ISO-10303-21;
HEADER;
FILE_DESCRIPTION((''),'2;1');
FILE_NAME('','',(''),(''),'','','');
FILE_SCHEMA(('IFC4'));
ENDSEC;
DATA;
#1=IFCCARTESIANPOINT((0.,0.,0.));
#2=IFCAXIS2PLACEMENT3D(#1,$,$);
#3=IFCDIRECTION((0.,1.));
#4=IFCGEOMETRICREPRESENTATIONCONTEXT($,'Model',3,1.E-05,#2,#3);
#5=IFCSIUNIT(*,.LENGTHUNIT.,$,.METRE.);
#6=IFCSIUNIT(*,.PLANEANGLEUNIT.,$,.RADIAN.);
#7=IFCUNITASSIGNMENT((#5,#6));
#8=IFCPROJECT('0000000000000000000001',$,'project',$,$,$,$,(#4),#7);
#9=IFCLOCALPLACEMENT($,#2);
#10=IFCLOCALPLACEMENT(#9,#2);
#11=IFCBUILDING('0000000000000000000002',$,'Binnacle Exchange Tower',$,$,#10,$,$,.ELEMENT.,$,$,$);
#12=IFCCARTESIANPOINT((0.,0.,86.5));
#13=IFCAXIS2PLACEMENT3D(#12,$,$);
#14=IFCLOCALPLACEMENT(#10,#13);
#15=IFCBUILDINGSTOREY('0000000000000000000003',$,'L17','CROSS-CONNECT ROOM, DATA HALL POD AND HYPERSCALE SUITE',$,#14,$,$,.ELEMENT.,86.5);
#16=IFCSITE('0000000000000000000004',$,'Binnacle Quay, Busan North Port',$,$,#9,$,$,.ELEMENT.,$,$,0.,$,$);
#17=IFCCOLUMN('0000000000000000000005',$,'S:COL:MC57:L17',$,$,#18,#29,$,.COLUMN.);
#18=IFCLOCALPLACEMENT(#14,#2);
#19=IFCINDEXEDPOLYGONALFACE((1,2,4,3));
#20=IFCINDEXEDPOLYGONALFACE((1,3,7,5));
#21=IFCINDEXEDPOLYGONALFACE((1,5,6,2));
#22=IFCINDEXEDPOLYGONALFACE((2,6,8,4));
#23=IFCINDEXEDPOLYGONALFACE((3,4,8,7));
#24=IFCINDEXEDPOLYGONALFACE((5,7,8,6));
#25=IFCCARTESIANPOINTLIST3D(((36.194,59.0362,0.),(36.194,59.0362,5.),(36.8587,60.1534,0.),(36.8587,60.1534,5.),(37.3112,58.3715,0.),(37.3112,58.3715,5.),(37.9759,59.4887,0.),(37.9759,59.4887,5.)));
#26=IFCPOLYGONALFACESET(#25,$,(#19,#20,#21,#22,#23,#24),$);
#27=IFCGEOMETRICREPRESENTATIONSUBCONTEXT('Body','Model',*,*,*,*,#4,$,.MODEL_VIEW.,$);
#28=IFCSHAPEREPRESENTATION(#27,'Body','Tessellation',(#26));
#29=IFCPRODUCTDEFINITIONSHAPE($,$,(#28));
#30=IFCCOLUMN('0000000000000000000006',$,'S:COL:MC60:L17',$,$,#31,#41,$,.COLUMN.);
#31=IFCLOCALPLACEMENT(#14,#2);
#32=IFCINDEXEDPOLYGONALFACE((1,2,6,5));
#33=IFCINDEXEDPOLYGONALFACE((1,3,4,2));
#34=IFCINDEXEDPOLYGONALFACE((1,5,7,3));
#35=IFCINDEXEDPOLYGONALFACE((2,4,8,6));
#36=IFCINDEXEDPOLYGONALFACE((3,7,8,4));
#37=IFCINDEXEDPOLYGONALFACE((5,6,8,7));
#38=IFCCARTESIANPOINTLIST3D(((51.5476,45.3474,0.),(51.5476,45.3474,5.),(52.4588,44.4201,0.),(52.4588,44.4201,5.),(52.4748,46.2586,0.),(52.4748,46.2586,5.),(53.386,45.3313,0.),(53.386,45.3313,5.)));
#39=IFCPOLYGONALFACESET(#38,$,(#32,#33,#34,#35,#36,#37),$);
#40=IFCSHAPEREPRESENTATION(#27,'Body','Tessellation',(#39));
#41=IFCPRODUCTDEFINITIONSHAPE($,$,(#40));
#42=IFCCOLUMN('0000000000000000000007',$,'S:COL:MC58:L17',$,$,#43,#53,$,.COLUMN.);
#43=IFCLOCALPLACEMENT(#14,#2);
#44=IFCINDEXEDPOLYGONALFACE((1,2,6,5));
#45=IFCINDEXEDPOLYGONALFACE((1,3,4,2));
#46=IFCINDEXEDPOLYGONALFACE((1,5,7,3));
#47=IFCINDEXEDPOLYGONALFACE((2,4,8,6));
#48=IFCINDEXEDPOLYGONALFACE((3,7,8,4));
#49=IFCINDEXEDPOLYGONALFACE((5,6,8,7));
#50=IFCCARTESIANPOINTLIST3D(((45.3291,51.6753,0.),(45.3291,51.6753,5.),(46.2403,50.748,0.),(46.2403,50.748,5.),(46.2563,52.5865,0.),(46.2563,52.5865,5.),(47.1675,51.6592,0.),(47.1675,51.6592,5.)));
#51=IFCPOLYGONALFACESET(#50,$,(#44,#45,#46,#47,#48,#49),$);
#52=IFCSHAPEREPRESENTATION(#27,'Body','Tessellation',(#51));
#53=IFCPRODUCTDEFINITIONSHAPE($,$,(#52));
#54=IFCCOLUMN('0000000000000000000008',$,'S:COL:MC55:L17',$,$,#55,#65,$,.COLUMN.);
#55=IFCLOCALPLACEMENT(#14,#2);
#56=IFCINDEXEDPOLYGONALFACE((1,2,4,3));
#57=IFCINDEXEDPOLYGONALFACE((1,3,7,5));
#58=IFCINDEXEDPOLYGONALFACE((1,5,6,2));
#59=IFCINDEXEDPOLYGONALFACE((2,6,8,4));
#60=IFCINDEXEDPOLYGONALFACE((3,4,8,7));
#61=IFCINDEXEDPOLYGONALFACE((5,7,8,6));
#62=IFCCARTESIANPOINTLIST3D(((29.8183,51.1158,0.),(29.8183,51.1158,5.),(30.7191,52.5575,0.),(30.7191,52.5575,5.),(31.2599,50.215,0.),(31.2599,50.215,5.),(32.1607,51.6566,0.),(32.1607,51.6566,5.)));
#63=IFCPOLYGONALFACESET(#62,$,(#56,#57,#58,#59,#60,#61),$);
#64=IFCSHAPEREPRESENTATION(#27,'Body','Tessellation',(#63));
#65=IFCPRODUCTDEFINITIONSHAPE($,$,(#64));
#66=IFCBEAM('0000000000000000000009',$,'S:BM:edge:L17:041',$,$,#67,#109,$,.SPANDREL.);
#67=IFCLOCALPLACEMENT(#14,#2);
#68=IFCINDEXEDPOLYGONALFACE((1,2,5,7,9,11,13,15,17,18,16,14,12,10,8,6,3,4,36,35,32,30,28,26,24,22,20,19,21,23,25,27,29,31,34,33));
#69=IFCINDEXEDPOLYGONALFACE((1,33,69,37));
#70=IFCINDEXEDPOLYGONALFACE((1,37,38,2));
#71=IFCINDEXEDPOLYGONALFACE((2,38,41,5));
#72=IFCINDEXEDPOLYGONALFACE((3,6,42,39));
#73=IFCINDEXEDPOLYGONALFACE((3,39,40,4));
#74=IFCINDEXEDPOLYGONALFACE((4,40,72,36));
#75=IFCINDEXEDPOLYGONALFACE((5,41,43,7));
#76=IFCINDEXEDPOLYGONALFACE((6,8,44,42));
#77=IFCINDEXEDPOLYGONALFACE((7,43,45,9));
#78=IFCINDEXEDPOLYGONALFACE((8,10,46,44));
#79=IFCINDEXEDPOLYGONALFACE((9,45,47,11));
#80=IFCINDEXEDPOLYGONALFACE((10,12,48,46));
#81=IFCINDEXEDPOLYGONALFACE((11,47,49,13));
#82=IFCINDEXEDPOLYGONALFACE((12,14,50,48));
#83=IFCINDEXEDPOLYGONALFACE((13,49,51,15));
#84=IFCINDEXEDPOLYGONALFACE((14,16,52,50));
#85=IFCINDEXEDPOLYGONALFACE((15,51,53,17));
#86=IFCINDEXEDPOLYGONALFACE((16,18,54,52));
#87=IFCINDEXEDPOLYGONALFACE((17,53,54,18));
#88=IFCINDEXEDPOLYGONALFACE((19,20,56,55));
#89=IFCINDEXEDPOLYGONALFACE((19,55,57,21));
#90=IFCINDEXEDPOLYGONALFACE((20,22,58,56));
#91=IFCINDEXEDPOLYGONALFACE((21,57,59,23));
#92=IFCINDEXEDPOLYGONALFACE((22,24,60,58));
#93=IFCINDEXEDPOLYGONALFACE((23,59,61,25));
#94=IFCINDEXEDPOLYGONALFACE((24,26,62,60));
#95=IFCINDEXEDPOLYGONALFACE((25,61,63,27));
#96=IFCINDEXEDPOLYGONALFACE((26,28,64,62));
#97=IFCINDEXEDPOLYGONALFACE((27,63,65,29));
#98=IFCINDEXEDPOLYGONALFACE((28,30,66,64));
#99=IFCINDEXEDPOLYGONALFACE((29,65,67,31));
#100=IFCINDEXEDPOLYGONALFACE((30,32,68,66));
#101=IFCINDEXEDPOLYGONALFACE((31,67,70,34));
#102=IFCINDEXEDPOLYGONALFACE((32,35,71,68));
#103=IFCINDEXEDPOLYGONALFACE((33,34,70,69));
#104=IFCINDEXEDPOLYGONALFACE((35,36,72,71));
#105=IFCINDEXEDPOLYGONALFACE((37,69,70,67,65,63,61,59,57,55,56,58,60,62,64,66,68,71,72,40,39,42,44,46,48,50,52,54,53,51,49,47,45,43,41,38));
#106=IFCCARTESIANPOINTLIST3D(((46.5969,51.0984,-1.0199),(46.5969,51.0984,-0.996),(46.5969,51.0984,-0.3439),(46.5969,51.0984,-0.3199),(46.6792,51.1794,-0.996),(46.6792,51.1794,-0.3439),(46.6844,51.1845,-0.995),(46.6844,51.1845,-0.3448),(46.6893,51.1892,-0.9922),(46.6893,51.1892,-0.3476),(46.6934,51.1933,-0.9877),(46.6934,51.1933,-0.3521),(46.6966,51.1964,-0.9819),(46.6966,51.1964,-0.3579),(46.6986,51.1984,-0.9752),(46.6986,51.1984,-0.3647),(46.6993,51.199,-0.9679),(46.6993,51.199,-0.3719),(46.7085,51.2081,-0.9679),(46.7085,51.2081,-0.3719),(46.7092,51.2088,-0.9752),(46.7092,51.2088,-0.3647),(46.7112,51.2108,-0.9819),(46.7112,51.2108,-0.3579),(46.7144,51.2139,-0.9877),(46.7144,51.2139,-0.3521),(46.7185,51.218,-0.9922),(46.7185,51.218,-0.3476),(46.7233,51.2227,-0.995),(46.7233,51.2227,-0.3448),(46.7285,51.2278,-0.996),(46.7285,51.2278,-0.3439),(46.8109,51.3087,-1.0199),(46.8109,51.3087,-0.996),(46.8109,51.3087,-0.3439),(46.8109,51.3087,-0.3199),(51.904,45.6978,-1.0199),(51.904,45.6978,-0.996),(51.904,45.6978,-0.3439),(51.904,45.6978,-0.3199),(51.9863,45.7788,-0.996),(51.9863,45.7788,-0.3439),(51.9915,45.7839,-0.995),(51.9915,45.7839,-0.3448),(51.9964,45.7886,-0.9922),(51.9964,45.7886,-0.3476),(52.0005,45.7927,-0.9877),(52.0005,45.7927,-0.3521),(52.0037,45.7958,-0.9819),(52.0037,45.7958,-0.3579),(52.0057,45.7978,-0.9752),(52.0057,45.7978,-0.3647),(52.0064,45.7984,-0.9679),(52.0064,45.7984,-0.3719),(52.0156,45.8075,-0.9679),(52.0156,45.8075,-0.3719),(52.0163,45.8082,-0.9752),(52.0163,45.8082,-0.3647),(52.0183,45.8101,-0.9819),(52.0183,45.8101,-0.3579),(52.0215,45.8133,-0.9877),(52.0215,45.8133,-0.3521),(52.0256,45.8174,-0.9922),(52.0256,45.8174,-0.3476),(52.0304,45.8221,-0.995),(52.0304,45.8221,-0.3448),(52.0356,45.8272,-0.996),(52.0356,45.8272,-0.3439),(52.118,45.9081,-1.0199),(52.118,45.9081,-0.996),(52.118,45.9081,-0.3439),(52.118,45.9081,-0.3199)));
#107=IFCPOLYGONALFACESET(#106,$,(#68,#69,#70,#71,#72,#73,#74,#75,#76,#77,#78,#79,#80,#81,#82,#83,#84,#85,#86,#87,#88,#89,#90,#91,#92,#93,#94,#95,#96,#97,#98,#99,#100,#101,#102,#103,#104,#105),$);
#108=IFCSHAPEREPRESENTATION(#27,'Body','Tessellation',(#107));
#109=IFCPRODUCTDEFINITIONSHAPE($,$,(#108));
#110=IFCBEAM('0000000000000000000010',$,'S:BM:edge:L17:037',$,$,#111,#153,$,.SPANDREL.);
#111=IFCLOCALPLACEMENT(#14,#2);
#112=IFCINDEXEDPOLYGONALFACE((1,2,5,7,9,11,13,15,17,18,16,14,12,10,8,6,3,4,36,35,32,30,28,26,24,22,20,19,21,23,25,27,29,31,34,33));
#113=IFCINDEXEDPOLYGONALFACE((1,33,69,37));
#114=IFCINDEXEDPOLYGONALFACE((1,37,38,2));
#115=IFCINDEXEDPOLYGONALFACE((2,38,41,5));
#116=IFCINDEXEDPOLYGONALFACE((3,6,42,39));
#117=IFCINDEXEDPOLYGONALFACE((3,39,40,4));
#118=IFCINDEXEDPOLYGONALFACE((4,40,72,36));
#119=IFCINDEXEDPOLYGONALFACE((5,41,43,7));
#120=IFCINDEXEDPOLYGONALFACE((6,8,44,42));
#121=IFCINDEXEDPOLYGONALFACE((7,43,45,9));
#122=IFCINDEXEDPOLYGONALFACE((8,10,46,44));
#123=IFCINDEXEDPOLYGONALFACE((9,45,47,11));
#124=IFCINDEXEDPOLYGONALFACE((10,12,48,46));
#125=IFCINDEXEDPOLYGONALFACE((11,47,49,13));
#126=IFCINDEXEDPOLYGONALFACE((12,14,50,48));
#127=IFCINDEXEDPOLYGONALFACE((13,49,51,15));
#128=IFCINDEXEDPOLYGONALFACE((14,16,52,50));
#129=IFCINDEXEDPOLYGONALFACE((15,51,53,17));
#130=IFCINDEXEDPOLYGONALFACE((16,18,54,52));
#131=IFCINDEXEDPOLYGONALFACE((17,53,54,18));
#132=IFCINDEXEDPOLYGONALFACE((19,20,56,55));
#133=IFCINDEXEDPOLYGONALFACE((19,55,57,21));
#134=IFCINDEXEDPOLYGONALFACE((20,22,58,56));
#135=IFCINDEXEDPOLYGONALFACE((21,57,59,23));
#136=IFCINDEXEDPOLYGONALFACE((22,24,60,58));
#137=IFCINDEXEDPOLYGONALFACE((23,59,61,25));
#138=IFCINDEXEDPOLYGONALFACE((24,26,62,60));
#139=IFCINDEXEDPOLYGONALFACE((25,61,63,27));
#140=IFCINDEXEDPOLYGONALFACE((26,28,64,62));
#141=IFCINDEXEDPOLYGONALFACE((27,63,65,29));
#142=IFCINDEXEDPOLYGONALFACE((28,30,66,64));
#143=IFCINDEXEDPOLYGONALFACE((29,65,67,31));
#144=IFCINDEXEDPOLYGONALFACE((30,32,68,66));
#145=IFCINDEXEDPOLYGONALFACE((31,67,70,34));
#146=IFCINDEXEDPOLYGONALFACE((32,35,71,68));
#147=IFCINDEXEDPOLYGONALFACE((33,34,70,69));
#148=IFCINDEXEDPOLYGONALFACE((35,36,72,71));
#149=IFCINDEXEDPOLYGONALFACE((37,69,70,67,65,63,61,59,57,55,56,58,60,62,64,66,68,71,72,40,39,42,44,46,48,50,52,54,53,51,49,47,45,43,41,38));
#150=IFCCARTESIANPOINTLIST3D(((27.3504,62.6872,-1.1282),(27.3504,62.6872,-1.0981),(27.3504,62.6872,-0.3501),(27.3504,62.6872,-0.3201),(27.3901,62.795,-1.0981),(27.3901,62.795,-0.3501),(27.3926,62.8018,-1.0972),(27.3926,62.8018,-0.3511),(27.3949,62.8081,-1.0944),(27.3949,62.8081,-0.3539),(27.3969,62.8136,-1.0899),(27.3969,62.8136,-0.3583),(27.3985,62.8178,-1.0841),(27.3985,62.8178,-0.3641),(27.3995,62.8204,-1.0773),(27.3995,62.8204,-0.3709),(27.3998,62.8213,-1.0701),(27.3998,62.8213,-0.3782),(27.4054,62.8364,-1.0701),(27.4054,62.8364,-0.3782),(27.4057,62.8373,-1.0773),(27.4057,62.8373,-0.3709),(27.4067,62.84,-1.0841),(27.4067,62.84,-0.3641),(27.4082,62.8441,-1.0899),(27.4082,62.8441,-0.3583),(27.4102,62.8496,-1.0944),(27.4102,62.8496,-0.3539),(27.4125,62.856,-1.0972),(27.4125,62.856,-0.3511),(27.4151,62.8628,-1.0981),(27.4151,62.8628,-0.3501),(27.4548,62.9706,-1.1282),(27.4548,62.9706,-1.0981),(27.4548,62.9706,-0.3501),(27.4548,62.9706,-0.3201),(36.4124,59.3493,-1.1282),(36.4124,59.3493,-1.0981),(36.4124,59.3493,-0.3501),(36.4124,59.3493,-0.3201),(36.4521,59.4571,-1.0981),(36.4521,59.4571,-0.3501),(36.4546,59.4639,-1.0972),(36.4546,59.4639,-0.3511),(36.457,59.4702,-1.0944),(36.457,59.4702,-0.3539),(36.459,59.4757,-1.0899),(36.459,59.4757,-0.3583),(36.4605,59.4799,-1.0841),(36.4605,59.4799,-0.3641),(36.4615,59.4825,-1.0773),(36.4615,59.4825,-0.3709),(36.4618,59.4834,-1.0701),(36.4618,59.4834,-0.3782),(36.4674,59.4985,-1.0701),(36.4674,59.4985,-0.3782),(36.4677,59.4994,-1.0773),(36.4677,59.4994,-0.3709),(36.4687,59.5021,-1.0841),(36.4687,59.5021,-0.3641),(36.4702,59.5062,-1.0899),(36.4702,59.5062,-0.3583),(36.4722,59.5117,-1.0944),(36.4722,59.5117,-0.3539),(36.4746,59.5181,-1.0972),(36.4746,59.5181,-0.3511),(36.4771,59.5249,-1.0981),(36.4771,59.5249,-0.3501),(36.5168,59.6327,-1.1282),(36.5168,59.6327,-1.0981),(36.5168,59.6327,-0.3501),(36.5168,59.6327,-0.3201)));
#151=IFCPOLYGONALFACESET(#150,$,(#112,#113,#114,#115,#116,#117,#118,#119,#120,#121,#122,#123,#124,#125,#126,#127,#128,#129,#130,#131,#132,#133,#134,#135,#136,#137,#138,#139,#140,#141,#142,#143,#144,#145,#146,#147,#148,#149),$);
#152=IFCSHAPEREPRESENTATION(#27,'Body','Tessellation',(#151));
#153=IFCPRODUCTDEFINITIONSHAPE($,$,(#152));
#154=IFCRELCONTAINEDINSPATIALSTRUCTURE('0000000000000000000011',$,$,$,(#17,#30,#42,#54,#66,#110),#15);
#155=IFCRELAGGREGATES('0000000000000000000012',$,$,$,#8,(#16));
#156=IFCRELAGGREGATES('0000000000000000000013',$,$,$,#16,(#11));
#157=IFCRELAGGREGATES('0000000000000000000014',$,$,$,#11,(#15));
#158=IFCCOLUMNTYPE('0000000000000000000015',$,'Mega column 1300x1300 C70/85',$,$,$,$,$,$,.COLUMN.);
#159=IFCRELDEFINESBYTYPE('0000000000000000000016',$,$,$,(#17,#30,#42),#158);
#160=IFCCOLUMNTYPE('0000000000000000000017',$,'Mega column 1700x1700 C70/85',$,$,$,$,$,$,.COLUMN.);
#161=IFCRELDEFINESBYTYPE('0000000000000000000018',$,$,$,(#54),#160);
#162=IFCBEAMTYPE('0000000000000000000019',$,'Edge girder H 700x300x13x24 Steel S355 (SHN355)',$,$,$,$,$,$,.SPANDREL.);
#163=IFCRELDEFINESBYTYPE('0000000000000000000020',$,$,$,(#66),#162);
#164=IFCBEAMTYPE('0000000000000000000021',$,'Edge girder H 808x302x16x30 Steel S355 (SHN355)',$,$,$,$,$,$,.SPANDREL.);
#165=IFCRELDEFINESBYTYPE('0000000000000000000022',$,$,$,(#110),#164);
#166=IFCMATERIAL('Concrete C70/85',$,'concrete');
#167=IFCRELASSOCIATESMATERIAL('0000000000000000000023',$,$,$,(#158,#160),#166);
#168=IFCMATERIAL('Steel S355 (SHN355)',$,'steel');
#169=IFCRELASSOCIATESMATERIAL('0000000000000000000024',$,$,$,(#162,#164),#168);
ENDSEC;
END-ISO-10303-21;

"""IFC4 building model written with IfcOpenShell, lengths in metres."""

from ifc_helpers import new_model, si_unit, direction, frame, origin, origin_2d, place, context, subcontext, project, spatial, rectangle, i_section, extrude, material, material_profile, profile_set, type_object, element, save


model = new_model("IFC4")

# Units and contexts
model_context = context("Model", 3, precision=1e-05, world=origin(), true_north=direction((0.0, 1.0)))
body_context = subcontext(model_context, "Body", "Model", "MODEL_VIEW")
ifc_project = project(units=[si_unit("LENGTHUNIT", "METRE"), si_unit("PLANEANGLEUNIT", "RADIAN")], contexts=[model_context])

# Site, building, storey
site_placement = place(None, origin())
site = spatial("IfcSite", under=ifc_project, at=site_placement, Name="Binnacle Quay, Busan North Port", CompositionType="ELEMENT", RefElevation=0.0)
building_placement = place(site_placement, origin())
building = spatial("IfcBuilding", under=site, at=building_placement, Name="Binnacle Exchange Tower", CompositionType="ELEMENT")
storey_placement = place(building_placement, frame((0.0, 0.0, 86.5)))
storey = spatial("IfcBuildingStorey", under=building, at=storey_placement, Name="L17", Description="CROSS-CONNECT ROOM, DATA HALL POD AND HYPERSCALE SUITE", CompositionType="ELEMENT", Elevation=86.5)

# Columns
ifc_material_1 = material(Name="Concrete C70/85", Category="concrete")
ifc_material_profile_1 = material_profile(ifc_material_1, rectangle(XDim=1.3, YDim=1.3, at=origin_2d()), Name="Mega column 1300x1300 C70/85")
ifc_profile_set_1 = profile_set([ifc_material_profile_1], Name="Concrete C70/85")
column_type_1 = type_object("IfcColumnType", Name="Mega column 1300x1300 C70/85", PredefinedType="COLUMN", material=ifc_profile_set_1)
for number, where, z_axis, x_axis, name in (
    (1, (37.085, 59.2625, 0.0), (0.0, 0.0, 1.0), (-0.859406, 0.511293, 0.0), "S:COL:MC57:L17"),
    (2, (52.4668, 45.3394, 0.0), (0.0, 0.0, 1.0), (-0.700909, 0.71325, 0.0), "S:COL:MC60:L17"),
    (3, (46.2483, 51.6672, 0.0), (0.0, 0.0, 1.0), (-0.700909, 0.71325, 0.0), "S:COL:MC58:L17"),
):
    element("IfcColumn", number, at=place(storey_placement, frame(where, z_axis=z_axis, x_axis=x_axis)), inside=storey, type_object=column_type_1, Name=name, PredefinedType="COLUMN", context=body_context, shape_type="SweptSolid", body=[
        extrude(rectangle(XDim=1.3, YDim=1.3, at=origin_2d()), origin(), (0.0, 0.0, 1.0), 5.0),
    ])
ifc_material_profile_2 = material_profile(ifc_material_1, rectangle(XDim=1.7, YDim=1.7, at=origin_2d()), Name="Mega column 1700x1700 C70/85")
ifc_profile_set_2 = profile_set([ifc_material_profile_2], Name="Concrete C70/85")
column_type_2 = type_object("IfcColumnType", Name="Mega column 1700x1700 C70/85", PredefinedType="COLUMN", material=ifc_profile_set_2)
column_placement = place(storey_placement, frame((30.9895, 51.3862, 0.0), z_axis=(0.0, 0.0, 1.0), x_axis=(0.529919, 0.848048, 0.0)))
element("IfcColumn", 4, at=column_placement, inside=storey, type_object=column_type_2, Name="S:COL:MC55:L17", PredefinedType="COLUMN", context=body_context, shape_type="SweptSolid", body=[
    extrude(rectangle(XDim=1.7, YDim=1.7, at=origin_2d()), origin(), (0.0, 0.0, 1.0), 5.0),
])

# Beams
ifc_material_2 = material(Name="Steel S355 (SHN355)", Category="steel")
ifc_material_profile_3 = material_profile(ifc_material_2, i_section(OverallWidth=0.3, OverallDepth=0.7, WebThickness=0.0129, FlangeThickness=0.0239, FilletRadius=0.0281, at=origin_2d()), Name="H 700x300x13x24")
ifc_profile_set_3 = profile_set([ifc_material_profile_3], Name="Steel S355 (SHN355)")
beam_type_1 = type_object("IfcBeamType", Name="Edge girder H 700x300x13x24 Steel S355 (SHN355)", PredefinedType="SPANDREL", material=ifc_profile_set_3)
beam_1_placement = place(storey_placement, frame((52.011, 45.803, -0.6699), z_axis=(-0.700905, 0.713254, 0.0), x_axis=(-0.713254, -0.700905, 0.0)))
element("IfcBeam", 5, at=beam_1_placement, inside=storey, type_object=beam_type_1, Name="S:BM:edge:L17:041", PredefinedType="SPANDREL", context=body_context, shape_type="SweptSolid", body=[
    extrude(i_section(OverallWidth=0.3, OverallDepth=0.7, WebThickness=0.0129, FlangeThickness=0.0239, FilletRadius=0.0281, at=origin_2d()), origin(), (0.0, 0.0, 1.0), 7.5718),
])
ifc_material_profile_4 = material_profile(ifc_material_2, i_section(OverallWidth=0.302, OverallDepth=0.8081, WebThickness=0.0161, FlangeThickness=0.03, FilletRadius=0.0281, at=origin_2d()), Name="H 808x302x16x30")
ifc_profile_set_4 = profile_set([ifc_material_profile_4], Name="Steel S355 (SHN355)")
beam_type_2 = type_object("IfcBeamType", Name="Edge girder H 808x302x16x30 Steel S355 (SHN355)", PredefinedType="SPANDREL", material=ifc_profile_set_4)
beam_2_placement = place(storey_placement, frame((36.4646, 59.491, -0.7241), z_axis=(-0.938368, 0.345637, 0.0), x_axis=(-0.345637, -0.938368, 0.0)))
element("IfcBeam", 6, at=beam_2_placement, inside=storey, type_object=beam_type_2, Name="S:BM:edge:L17:037", PredefinedType="SPANDREL", context=body_context, shape_type="SweptSolid", body=[
    extrude(i_section(OverallWidth=0.302, OverallDepth=0.8081, WebThickness=0.0161, FlangeThickness=0.03, FilletRadius=0.0281, at=origin_2d()), origin(), (0.0, 0.0, 1.0), 9.6572),
])

save(model, "model.ifc")
